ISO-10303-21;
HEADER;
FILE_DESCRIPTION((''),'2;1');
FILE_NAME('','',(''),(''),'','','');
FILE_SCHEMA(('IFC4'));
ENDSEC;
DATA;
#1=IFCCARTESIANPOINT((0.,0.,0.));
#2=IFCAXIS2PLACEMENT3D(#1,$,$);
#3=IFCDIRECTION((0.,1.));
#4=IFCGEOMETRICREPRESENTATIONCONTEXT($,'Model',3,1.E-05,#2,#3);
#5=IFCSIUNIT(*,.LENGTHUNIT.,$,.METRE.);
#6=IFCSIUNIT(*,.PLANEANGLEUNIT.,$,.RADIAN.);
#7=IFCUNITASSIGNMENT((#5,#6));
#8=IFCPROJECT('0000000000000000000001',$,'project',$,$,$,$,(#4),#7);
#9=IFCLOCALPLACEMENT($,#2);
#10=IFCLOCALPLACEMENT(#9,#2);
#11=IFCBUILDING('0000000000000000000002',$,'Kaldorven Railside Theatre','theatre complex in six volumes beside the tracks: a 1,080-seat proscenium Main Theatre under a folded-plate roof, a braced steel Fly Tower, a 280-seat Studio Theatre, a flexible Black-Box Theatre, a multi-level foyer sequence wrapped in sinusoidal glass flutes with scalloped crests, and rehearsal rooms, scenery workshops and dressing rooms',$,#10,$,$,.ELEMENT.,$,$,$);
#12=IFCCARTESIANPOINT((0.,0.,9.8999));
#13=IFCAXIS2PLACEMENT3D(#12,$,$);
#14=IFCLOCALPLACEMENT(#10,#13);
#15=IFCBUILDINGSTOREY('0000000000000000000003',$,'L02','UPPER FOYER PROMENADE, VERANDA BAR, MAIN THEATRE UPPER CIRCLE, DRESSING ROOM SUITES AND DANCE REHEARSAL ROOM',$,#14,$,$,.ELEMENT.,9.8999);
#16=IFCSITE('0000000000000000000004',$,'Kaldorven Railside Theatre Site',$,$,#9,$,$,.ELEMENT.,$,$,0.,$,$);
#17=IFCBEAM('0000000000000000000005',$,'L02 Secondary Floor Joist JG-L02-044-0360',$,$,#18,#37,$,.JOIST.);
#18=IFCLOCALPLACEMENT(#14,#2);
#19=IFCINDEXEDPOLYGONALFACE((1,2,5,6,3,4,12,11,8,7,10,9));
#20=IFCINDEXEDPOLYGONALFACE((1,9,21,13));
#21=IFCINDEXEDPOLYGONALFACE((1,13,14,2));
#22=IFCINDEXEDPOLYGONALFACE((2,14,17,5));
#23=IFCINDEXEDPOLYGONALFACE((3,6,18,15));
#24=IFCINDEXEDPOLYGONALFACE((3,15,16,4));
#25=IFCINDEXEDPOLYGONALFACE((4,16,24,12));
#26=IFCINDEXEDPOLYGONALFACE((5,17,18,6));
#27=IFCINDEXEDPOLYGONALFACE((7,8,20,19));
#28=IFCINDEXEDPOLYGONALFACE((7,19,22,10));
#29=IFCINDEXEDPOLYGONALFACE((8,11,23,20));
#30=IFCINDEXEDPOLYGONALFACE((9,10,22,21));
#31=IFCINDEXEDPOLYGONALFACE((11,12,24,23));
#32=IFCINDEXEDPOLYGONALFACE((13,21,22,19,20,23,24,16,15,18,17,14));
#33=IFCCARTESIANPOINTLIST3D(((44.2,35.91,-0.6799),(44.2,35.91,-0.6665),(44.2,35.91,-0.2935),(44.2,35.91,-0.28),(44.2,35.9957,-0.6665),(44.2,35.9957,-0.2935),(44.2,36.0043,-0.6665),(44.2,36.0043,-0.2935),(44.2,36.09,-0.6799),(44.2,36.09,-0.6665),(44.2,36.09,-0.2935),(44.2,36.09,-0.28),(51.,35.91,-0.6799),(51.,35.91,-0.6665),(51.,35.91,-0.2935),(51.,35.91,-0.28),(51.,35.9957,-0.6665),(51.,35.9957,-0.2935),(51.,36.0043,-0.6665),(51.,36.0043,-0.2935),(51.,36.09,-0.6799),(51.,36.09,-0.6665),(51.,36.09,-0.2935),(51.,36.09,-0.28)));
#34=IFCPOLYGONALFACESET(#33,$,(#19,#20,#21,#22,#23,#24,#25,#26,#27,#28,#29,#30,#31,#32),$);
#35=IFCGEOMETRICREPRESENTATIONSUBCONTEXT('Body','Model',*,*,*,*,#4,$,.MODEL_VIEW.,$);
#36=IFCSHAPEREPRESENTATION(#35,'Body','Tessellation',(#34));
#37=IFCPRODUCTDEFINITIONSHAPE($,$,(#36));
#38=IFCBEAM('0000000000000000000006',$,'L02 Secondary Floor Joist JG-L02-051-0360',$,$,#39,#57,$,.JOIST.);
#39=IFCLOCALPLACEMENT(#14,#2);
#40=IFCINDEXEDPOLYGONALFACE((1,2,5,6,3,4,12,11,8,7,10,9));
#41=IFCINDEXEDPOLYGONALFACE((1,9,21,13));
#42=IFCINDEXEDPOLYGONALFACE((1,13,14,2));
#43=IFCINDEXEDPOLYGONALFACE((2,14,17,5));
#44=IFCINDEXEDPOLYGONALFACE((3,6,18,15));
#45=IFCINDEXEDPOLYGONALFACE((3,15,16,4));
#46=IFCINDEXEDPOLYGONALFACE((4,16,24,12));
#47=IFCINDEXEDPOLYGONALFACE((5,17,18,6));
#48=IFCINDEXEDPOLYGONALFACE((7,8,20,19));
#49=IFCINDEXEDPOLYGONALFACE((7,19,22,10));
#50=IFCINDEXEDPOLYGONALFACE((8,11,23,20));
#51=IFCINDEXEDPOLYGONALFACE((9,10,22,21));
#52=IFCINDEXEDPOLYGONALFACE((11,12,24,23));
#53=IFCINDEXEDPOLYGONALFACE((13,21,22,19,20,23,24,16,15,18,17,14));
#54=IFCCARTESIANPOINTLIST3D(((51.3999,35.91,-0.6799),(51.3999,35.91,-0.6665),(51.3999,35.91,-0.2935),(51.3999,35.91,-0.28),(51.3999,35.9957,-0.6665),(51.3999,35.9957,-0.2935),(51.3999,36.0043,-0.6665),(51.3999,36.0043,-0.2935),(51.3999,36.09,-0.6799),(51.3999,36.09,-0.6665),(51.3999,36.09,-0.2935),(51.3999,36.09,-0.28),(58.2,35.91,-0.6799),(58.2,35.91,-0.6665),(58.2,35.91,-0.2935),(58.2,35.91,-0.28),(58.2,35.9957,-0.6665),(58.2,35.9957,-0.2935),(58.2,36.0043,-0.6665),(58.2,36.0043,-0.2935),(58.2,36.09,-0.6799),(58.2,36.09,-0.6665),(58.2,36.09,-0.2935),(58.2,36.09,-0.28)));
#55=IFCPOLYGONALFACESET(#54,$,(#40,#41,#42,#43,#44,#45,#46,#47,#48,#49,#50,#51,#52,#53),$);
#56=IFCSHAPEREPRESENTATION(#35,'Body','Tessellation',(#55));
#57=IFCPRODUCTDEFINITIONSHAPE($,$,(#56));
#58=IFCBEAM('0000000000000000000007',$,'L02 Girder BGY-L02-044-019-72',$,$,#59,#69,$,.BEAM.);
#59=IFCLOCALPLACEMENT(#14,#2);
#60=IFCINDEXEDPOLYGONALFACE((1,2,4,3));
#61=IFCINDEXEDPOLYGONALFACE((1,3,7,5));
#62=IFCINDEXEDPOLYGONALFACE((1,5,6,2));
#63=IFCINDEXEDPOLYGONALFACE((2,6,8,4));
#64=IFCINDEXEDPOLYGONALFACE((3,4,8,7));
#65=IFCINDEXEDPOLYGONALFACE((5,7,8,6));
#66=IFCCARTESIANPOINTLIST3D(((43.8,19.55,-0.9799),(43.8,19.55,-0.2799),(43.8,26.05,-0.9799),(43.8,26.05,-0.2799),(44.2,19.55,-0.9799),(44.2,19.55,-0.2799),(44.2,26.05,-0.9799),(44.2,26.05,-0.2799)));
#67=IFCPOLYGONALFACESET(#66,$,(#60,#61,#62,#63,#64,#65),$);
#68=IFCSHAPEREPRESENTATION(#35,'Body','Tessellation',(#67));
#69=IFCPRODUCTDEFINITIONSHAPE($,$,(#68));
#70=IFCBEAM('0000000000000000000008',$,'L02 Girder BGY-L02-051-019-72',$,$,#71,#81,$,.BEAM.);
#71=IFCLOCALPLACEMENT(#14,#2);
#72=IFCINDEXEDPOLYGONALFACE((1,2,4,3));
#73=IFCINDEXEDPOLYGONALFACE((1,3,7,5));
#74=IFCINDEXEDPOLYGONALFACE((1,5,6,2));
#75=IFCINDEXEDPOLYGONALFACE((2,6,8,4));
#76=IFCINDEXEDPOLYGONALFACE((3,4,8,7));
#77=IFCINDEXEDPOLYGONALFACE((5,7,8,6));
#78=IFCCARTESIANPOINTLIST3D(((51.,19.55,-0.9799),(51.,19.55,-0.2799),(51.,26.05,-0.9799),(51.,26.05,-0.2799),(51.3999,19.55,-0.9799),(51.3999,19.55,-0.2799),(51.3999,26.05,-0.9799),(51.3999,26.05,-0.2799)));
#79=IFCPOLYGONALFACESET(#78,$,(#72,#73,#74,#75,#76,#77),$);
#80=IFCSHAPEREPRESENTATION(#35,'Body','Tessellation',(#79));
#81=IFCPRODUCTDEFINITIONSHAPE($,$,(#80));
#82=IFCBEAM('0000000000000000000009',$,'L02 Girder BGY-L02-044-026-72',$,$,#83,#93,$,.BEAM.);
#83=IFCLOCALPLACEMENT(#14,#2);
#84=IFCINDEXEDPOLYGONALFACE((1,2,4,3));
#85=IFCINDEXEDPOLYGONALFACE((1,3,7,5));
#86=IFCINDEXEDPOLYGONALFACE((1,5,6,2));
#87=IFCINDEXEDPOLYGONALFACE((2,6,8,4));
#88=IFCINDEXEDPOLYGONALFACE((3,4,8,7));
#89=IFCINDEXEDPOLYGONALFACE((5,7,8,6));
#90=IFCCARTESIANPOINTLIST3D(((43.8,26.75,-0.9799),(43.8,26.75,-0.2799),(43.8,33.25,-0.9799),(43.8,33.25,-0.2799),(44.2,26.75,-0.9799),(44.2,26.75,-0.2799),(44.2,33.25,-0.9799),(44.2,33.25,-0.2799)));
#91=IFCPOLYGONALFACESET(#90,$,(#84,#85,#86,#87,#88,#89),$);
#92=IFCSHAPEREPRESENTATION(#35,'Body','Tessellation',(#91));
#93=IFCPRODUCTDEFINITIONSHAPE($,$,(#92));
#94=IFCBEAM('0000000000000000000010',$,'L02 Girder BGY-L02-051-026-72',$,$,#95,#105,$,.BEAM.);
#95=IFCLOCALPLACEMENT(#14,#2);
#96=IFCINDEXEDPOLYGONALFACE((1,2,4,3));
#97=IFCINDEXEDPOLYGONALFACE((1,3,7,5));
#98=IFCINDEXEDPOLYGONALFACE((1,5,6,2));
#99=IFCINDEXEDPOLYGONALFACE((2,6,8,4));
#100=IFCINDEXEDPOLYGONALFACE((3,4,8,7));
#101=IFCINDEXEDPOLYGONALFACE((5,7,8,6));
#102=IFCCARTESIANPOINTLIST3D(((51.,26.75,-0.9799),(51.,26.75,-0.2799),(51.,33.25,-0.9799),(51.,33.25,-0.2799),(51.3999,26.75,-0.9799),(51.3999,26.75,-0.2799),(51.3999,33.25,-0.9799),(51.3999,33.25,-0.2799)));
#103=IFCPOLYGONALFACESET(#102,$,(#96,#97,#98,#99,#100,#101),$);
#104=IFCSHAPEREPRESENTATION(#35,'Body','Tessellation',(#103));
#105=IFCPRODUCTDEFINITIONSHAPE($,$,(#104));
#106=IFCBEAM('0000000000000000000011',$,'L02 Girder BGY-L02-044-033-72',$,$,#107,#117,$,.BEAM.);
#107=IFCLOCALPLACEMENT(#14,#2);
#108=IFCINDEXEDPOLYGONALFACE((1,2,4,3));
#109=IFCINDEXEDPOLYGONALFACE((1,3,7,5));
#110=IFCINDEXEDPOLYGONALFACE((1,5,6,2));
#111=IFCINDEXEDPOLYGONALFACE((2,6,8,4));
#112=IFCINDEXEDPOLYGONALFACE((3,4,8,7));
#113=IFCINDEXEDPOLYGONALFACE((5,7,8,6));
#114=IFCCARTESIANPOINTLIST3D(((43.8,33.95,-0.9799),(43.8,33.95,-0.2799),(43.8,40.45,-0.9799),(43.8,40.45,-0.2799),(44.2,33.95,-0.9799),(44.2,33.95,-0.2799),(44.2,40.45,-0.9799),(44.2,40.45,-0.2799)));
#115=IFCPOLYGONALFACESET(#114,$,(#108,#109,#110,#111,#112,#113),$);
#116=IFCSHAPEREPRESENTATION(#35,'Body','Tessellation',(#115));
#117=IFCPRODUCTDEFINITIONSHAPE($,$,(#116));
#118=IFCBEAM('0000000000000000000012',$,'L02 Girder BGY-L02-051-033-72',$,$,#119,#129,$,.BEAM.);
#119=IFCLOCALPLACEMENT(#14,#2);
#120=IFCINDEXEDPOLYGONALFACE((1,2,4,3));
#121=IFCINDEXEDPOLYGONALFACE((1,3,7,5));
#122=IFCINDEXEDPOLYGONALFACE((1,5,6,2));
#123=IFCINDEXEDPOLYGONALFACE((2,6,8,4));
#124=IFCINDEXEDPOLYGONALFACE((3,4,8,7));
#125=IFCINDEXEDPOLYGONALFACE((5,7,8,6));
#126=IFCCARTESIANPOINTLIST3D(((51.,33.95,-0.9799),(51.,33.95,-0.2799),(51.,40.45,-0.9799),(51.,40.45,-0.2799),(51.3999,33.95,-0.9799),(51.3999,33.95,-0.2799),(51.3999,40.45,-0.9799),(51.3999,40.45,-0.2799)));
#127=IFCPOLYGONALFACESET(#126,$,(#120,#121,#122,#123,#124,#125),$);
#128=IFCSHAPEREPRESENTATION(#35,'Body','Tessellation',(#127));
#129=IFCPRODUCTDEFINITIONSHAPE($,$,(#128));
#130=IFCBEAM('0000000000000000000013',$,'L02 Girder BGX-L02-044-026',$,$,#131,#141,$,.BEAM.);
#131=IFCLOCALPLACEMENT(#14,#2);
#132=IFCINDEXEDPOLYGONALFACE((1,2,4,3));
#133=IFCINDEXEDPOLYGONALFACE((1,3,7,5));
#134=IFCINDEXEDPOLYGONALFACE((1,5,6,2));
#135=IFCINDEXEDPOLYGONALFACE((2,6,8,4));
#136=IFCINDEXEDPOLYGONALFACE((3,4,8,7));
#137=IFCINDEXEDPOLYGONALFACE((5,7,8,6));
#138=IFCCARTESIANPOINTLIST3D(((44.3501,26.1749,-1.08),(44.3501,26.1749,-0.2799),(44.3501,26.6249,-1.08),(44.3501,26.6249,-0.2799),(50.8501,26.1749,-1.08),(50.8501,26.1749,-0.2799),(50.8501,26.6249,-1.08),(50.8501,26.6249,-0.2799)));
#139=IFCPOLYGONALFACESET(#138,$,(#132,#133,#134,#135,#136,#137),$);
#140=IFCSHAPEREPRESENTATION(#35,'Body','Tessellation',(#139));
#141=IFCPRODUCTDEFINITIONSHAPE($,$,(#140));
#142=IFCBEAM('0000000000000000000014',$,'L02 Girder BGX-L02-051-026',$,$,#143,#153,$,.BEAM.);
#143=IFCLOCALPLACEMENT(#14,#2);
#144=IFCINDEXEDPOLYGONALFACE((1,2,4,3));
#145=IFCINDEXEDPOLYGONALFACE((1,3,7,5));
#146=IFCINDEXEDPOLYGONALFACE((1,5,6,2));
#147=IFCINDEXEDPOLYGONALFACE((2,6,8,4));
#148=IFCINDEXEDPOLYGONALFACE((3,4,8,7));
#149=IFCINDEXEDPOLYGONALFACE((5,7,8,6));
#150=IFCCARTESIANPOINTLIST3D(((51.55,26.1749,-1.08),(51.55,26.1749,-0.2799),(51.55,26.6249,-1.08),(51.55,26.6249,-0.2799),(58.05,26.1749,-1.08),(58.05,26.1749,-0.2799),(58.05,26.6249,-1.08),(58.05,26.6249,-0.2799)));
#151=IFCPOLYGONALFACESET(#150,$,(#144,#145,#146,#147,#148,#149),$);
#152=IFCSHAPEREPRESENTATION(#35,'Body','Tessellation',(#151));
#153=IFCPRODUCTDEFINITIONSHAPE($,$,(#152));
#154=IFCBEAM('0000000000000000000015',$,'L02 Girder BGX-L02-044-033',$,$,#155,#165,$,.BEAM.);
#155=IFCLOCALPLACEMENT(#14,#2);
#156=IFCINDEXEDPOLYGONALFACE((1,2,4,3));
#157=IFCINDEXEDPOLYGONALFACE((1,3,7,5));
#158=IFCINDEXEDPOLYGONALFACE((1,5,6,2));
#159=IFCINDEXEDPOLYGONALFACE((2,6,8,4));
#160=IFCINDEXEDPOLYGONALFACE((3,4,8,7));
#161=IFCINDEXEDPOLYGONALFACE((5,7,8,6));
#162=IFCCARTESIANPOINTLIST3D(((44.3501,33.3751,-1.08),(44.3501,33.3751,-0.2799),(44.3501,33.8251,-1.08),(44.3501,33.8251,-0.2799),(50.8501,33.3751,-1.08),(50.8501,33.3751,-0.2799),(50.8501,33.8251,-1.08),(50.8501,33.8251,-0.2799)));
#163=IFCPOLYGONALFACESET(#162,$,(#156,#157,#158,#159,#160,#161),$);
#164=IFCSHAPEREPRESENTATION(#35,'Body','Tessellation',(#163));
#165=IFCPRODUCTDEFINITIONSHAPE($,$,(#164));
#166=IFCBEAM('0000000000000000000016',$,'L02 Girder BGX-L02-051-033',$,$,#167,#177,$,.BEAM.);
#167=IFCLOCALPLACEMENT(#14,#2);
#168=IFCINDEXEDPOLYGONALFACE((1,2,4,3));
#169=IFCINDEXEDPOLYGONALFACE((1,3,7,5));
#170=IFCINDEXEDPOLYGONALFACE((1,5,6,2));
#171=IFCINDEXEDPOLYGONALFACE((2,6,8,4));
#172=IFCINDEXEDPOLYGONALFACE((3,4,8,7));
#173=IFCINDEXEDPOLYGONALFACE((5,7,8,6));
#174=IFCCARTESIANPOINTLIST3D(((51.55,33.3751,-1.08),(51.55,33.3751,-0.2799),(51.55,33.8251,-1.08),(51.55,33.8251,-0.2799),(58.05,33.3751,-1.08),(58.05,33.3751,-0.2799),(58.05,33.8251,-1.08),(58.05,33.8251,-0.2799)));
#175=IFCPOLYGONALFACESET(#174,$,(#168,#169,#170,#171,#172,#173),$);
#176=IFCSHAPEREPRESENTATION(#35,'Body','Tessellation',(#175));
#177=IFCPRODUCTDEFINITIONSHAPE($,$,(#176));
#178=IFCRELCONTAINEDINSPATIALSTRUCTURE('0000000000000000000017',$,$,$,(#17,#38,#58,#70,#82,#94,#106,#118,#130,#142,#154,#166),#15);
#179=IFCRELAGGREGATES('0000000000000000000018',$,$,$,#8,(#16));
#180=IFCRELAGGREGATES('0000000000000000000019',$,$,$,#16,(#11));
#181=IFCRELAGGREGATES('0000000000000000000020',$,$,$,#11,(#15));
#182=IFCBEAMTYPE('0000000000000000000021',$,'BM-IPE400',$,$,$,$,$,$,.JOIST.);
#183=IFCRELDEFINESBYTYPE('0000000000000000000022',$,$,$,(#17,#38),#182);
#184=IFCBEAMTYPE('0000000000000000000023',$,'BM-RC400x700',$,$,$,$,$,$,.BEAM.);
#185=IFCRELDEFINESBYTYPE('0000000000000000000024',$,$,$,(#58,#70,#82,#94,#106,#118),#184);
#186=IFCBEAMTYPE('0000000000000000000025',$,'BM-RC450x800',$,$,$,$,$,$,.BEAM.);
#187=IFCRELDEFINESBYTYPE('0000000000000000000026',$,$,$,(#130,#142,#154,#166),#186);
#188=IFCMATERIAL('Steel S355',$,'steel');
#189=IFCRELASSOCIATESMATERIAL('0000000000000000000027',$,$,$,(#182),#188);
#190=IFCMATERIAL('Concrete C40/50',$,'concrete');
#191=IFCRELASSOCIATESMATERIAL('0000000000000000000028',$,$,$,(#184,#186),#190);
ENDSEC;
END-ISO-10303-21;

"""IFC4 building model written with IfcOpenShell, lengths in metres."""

from ifc_helpers import new_model, si_unit, direction, frame, origin, origin_2d, place, context, subcontext, project, spatial, rectangle, i_section, extrude, material, material_profile, profile_set, type_object, element, save


model = new_model("IFC4")

# Units and contexts
model_context = context("Model", 3, precision=1e-05, world=origin(), true_north=direction((0.0, 1.0)))
body_context = subcontext(model_context, "Body", "Model", "MODEL_VIEW")
ifc_project = project(units=[si_unit("LENGTHUNIT", "METRE"), si_unit("PLANEANGLEUNIT", "RADIAN")], contexts=[model_context])

# Site, building, storey
site_placement = place(None, origin())
site = spatial("IfcSite", under=ifc_project, at=site_placement, Name="Kaldorven Railside Theatre Site", CompositionType="ELEMENT", RefElevation=0.0)
building_placement = place(site_placement, origin())
building = spatial("IfcBuilding", under=site, at=building_placement, Name="Kaldorven Railside Theatre", Description="theatre complex in six volumes beside the tracks: a 1,080-seat proscenium Main Theatre under a folded-plate roof, a braced steel Fly Tower, a 280-seat Studio Theatre, a flexible Black-Box Theatre, a multi-level foyer sequence wrapped in sinusoidal glass flutes with scalloped crests, and rehearsal rooms, scenery workshops and dressing rooms", CompositionType="ELEMENT")
storey_placement = place(building_placement, frame((0.0, 0.0, 9.8999)))
storey = spatial("IfcBuildingStorey", under=building, at=storey_placement, Name="L02", Description="UPPER FOYER PROMENADE, VERANDA BAR, MAIN THEATRE UPPER CIRCLE, DRESSING ROOM SUITES AND DANCE REHEARSAL ROOM", CompositionType="ELEMENT", Elevation=9.8999)

# Shared definitions
ifc_material_1 = material(Name="Concrete C40/50", Category="concrete")

# Beams
ifc_material_2 = material(Name="Steel S355", Category="steel")
ifc_material_profile_1 = material_profile(ifc_material_2, i_section(OverallWidth=0.1799, OverallDepth=0.3999, WebThickness=0.0085, FlangeThickness=0.0134, at=origin_2d()), Name="IPE 400")
ifc_profile_set_1 = profile_set([ifc_material_profile_1], Name="Steel S355")
beam_type_1 = type_object("IfcBeamType", Name="BM-IPE400", PredefinedType="JOIST", material=ifc_profile_set_1)
for number, where, z_axis, x_axis, name in (
    (1, (44.2, 36.0, -0.48), (1.0, 0.0, 0.0), (0.0, 1.0, 0.0), "L02 Secondary Floor Joist JG-L02-044-0360"),
    (2, (51.3999, 36.0, -0.48), (1.0, 0.0, 0.0), (0.0, 1.0, 0.0), "L02 Secondary Floor Joist JG-L02-051-0360"),
):
    element("IfcBeam", number, at=place(storey_placement, frame(where, z_axis=z_axis, x_axis=x_axis)), inside=storey, type_object=beam_type_1, Name=name, PredefinedType="JOIST", context=body_context, shape_type="SweptSolid", body=[
        extrude(i_section(OverallWidth=0.1799, OverallDepth=0.3999, WebThickness=0.0085, FlangeThickness=0.0134, at=origin_2d()), origin(), (0.0, 0.0, 1.0), 6.8),
    ])
ifc_material_profile_2 = material_profile(ifc_material_1, rectangle(XDim=0.3999, YDim=0.7, at=origin_2d()), Name="RC 400x700")
ifc_profile_set_2 = profile_set([ifc_material_profile_2], Name="Concrete C40/50")
beam_type_2 = type_object("IfcBeamType", Name="BM-RC400x700", PredefinedType="BEAM", material=ifc_profile_set_2)
for number, where, z_axis, x_axis, name in (
    (3, (44.0, 19.55, -0.6299), (0.0, 1.0, 0.0), (-1.0, 0.0, 0.0), "L02 Girder BGY-L02-044-019-72"),
    (4, (51.2, 19.55, -0.6299), (0.0, 1.0, 0.0), (-1.0, 0.0, 0.0), "L02 Girder BGY-L02-051-019-72"),
    (5, (44.0, 26.75, -0.6299), (0.0, 1.0, 0.0), (-1.0, 0.0, 0.0), "L02 Girder BGY-L02-044-026-72"),
    (6, (51.2, 26.75, -0.6299), (0.0, 1.0, 0.0), (-1.0, 0.0, 0.0), "L02 Girder BGY-L02-051-026-72"),
    (7, (44.0, 33.95, -0.6299), (0.0, 1.0, 0.0), (-1.0, 0.0, 0.0), "L02 Girder BGY-L02-044-033-72"),
    (8, (51.2, 33.95, -0.6299), (0.0, 1.0, 0.0), (-1.0, 0.0, 0.0), "L02 Girder BGY-L02-051-033-72"),
):
    element("IfcBeam", number, at=place(storey_placement, frame(where, z_axis=z_axis, x_axis=x_axis)), inside=storey, type_object=beam_type_2, Name=name, PredefinedType="BEAM", context=body_context, shape_type="SweptSolid", body=[
        extrude(rectangle(XDim=0.3999, YDim=0.7, at=origin_2d()), origin(), (0.0, 0.0, 1.0), 6.5),
    ])
ifc_material_profile_3 = material_profile(ifc_material_1, rectangle(XDim=0.45, YDim=0.8, at=origin_2d()), Name="RC 450x800")
ifc_profile_set_3 = profile_set([ifc_material_profile_3], Name="Concrete C40/50")
beam_type_3 = type_object("IfcBeamType", Name="BM-RC450x800", PredefinedType="BEAM", material=ifc_profile_set_3)
for number, where, z_axis, x_axis, name in (
    (9, (44.3501, 26.3999, -0.6799), (1.0, 0.0, 0.0), (0.0, 1.0, 0.0), "L02 Girder BGX-L02-044-026"),
    (10, (51.55, 26.3999, -0.6799), (1.0, 0.0, 0.0), (0.0, 1.0, 0.0), "L02 Girder BGX-L02-051-026"),
    (11, (44.3501, 33.6001, -0.6799), (1.0, 0.0, 0.0), (0.0, 1.0, 0.0), "L02 Girder BGX-L02-044-033"),
    (12, (51.55, 33.6001, -0.6799), (1.0, 0.0, 0.0), (0.0, 1.0, 0.0), "L02 Girder BGX-L02-051-033"),
):
    element("IfcBeam", number, at=place(storey_placement, frame(where, z_axis=z_axis, x_axis=x_axis)), inside=storey, type_object=beam_type_3, Name=name, PredefinedType="BEAM", context=body_context, shape_type="SweptSolid", body=[
        extrude(rectangle(XDim=0.45, YDim=0.8, at=origin_2d()), origin(), (0.0, 0.0, 1.0), 6.5),
    ])

save(model, "model.ifc")
